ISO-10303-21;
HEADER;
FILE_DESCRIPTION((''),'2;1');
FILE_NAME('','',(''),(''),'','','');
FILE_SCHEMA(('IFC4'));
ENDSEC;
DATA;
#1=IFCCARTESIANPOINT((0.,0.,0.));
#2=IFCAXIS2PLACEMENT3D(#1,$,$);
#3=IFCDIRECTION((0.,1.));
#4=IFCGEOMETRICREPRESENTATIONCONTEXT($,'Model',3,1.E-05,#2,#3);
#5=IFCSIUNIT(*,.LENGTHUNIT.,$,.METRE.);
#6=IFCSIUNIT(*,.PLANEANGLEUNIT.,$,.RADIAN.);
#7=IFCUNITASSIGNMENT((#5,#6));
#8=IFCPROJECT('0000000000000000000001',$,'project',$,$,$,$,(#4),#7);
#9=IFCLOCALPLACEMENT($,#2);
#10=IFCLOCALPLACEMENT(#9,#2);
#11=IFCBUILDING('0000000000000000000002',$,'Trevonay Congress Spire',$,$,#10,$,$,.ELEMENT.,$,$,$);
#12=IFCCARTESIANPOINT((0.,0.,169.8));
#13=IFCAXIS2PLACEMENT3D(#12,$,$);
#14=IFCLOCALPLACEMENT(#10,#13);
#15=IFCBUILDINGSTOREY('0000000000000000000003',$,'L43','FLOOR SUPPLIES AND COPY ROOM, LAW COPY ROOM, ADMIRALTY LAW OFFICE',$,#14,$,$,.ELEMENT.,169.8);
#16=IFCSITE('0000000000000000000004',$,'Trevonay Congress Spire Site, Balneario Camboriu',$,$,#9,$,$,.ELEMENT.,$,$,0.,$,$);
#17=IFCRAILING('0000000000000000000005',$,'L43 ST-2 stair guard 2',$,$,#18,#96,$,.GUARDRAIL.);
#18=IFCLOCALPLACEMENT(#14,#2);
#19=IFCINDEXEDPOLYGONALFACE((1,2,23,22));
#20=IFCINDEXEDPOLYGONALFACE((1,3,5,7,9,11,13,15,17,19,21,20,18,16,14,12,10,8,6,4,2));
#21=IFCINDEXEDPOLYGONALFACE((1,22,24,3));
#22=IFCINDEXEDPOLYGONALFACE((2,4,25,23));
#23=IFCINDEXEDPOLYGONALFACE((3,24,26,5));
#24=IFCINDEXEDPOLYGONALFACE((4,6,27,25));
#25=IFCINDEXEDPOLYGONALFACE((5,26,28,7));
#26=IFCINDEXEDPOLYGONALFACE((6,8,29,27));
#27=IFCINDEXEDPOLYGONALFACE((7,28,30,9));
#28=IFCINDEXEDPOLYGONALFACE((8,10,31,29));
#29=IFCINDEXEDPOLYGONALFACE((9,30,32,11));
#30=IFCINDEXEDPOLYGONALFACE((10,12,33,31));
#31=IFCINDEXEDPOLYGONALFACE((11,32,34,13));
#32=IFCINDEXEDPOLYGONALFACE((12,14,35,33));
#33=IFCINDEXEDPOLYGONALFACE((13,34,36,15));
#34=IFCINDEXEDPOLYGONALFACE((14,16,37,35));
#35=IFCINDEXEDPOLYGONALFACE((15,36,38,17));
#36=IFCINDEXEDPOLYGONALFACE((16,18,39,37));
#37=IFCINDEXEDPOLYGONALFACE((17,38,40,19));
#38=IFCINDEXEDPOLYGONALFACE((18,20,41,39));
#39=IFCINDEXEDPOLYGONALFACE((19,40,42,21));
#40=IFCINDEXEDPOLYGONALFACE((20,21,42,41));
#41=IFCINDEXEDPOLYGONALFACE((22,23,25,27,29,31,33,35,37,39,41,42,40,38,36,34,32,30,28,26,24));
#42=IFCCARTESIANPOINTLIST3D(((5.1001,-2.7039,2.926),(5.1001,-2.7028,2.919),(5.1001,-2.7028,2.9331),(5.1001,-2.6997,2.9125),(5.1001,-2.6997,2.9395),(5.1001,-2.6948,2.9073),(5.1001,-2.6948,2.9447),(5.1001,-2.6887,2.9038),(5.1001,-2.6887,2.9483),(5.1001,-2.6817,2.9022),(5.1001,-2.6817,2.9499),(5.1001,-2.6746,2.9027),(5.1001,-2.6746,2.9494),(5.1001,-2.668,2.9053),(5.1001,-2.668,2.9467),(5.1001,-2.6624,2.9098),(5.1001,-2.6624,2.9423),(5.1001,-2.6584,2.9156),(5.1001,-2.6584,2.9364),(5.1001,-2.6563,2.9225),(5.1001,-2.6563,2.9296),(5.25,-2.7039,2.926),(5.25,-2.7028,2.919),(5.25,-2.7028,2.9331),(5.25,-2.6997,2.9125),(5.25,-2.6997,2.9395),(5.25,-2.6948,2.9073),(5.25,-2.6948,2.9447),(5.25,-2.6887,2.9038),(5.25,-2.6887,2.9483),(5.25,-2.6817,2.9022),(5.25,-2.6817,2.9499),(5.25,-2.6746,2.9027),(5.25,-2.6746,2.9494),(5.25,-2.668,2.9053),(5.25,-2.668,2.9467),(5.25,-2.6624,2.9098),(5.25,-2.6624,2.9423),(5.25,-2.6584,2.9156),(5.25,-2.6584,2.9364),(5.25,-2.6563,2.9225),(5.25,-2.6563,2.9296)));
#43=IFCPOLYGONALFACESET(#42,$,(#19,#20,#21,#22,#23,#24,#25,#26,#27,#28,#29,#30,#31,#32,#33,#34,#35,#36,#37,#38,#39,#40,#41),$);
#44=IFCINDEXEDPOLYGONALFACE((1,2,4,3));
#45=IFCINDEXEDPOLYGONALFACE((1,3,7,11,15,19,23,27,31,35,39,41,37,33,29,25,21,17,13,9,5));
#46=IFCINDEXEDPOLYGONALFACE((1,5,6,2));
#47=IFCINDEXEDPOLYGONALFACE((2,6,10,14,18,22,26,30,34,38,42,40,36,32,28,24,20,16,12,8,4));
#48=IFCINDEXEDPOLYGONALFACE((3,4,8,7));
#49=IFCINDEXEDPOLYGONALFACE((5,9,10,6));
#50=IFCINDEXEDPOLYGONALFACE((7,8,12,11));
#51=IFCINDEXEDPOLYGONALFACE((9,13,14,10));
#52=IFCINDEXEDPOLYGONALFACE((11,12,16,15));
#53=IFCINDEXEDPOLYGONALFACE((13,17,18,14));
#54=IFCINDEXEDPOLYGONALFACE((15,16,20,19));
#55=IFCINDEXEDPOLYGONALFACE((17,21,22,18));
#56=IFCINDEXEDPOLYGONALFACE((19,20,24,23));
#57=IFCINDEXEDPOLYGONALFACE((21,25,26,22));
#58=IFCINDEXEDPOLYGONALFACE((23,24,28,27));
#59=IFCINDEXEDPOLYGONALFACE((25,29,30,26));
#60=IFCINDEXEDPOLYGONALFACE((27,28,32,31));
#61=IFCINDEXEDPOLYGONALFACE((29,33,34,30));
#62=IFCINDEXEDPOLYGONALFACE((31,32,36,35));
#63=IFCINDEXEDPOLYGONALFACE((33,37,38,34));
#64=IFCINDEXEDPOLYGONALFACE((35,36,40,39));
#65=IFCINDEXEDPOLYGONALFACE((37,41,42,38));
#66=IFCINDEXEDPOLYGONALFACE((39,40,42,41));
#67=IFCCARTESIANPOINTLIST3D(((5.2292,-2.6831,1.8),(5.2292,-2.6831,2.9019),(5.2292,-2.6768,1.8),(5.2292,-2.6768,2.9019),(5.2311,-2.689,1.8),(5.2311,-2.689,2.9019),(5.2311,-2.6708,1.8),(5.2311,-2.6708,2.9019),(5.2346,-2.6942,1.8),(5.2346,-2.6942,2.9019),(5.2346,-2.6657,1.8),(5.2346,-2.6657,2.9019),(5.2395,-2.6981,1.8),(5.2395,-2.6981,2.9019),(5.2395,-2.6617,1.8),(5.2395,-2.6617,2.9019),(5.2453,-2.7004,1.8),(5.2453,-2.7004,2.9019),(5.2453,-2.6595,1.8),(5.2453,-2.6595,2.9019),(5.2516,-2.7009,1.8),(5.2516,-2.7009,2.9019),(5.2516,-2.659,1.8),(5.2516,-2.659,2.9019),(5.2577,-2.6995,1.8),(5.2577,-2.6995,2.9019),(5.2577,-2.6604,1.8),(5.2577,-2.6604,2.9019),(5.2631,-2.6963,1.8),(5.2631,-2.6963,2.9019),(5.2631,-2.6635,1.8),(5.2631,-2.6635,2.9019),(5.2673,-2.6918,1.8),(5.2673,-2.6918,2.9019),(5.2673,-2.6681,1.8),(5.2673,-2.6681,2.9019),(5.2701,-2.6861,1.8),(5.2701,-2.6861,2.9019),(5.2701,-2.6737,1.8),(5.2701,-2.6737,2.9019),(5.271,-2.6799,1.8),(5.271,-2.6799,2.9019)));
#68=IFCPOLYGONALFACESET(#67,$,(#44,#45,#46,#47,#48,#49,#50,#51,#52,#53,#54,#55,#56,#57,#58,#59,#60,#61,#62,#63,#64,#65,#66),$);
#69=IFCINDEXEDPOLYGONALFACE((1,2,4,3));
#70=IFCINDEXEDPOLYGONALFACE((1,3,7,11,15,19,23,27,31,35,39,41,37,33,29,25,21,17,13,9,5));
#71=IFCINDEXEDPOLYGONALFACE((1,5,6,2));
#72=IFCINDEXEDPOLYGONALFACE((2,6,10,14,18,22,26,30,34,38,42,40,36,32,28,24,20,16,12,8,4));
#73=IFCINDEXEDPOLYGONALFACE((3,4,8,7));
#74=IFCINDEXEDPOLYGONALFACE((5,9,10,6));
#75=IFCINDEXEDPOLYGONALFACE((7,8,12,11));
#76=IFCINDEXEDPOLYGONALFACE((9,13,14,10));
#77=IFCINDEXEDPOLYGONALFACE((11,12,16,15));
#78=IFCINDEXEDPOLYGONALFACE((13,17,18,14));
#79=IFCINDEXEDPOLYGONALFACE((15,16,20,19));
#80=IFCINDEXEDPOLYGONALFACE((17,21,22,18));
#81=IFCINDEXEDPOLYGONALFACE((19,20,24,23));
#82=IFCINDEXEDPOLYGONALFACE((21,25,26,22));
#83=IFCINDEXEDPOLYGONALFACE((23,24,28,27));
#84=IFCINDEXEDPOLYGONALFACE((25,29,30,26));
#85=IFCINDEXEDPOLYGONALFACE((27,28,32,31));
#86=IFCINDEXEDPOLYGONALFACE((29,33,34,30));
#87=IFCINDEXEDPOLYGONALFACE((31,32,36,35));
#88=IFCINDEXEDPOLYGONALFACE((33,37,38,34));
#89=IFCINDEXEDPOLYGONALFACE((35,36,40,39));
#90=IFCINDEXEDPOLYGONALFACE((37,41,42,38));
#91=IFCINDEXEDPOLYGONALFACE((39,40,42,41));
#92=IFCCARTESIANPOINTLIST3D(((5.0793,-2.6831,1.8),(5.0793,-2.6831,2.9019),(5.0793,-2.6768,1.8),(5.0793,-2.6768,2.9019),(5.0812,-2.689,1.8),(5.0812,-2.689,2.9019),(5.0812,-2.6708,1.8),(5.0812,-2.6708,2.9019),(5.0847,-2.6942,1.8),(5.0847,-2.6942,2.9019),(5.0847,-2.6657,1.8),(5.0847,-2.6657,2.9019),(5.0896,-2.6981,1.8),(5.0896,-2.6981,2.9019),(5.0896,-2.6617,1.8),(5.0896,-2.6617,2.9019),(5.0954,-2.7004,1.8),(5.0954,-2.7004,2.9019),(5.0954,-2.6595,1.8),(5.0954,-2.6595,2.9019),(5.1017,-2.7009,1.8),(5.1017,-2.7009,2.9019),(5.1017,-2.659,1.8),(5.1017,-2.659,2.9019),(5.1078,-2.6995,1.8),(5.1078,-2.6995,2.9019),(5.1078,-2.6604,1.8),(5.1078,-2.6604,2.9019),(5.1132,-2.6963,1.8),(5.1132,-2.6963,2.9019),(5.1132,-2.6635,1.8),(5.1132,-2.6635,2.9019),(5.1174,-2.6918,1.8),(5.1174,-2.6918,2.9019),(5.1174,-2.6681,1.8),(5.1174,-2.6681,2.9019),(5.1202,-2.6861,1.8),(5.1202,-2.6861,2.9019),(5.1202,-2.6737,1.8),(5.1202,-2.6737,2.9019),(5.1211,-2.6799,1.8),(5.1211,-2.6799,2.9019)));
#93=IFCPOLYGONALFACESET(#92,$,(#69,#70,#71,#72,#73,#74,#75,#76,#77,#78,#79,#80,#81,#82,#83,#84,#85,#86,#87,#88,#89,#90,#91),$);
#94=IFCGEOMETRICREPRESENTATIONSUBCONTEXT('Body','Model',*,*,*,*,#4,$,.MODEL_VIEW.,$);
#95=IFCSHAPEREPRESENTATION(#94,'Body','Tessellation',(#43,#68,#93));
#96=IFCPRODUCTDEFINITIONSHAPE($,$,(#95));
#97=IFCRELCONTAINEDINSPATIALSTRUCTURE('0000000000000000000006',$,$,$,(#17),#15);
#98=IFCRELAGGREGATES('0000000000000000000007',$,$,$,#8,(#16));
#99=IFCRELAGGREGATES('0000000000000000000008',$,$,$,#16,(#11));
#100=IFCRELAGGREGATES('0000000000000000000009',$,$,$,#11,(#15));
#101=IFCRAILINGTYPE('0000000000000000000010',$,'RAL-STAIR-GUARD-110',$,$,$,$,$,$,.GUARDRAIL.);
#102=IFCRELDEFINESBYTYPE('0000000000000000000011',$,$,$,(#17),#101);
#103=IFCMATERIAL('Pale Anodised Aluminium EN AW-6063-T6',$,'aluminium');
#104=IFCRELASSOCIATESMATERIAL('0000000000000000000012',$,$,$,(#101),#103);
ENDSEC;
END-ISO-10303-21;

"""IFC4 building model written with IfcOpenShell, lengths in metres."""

from ifc_helpers import new_model, si_unit, direction, frame, origin, origin_2d, place, context, subcontext, project, spatial, circle, extrude, material, type_object, element, save


model = new_model("IFC4")

# Units and contexts
model_context = context("Model", 3, precision=1e-05, world=origin(), true_north=direction((0.0, 1.0)))
body_context = subcontext(model_context, "Body", "Model", "MODEL_VIEW")
ifc_project = project(units=[si_unit("LENGTHUNIT", "METRE"), si_unit("PLANEANGLEUNIT", "RADIAN")], contexts=[model_context])

# Site, building, storey
site_placement = place(None, origin())
site = spatial("IfcSite", under=ifc_project, at=site_placement, Name="Trevonay Congress Spire Site, Balneario Camboriu", CompositionType="ELEMENT", RefElevation=0.0)
building_placement = place(site_placement, origin())
building = spatial("IfcBuilding", under=site, at=building_placement, Name="Trevonay Congress Spire", CompositionType="ELEMENT")
storey_placement = place(building_placement, frame((0.0, 0.0, 169.8)))
storey = spatial("IfcBuildingStorey", under=building, at=storey_placement, Name="L43", Description="FLOOR SUPPLIES AND COPY ROOM, LAW COPY ROOM, ADMIRALTY LAW OFFICE", CompositionType="ELEMENT", Elevation=169.8)

# Shared definitions
ifc_material_1 = material(Name="Pale Anodised Aluminium EN AW-6063-T6", Category="aluminium")

# Railing
railing_type_1 = type_object("IfcRailingType", Name="RAL-STAIR-GUARD-110", PredefinedType="GUARDRAIL", material=ifc_material_1)
railing_1_placement = place(storey_placement, frame((5.25, -2.6799, 1.8)))
element("IfcRailing", 1, at=railing_1_placement, inside=storey, type_object=railing_type_1, Name="L43 ST-2 stair guard 2", PredefinedType="GUARDRAIL", context=body_context, shape_type="SweptSolid", body=[
    extrude(circle(Radius=0.0239, at=origin_2d()), frame((0.0, 0.0, 1.126), z_axis=(-1.0, 0.0, 0.0), x_axis=(0.0, -1.0, 0.0)), (0.0, 0.0, 1.0), 0.1499),
    extrude(circle(Radius=0.021, at=origin_2d()), origin(), (0.0, 0.0, 1.0), 1.1018),
    extrude(circle(Radius=0.021, at=origin_2d()), frame((-0.1499, 0.0, 0.0)), (0.0, 0.0, 1.0), 1.1018),
])

save(model, "model.ifc")
